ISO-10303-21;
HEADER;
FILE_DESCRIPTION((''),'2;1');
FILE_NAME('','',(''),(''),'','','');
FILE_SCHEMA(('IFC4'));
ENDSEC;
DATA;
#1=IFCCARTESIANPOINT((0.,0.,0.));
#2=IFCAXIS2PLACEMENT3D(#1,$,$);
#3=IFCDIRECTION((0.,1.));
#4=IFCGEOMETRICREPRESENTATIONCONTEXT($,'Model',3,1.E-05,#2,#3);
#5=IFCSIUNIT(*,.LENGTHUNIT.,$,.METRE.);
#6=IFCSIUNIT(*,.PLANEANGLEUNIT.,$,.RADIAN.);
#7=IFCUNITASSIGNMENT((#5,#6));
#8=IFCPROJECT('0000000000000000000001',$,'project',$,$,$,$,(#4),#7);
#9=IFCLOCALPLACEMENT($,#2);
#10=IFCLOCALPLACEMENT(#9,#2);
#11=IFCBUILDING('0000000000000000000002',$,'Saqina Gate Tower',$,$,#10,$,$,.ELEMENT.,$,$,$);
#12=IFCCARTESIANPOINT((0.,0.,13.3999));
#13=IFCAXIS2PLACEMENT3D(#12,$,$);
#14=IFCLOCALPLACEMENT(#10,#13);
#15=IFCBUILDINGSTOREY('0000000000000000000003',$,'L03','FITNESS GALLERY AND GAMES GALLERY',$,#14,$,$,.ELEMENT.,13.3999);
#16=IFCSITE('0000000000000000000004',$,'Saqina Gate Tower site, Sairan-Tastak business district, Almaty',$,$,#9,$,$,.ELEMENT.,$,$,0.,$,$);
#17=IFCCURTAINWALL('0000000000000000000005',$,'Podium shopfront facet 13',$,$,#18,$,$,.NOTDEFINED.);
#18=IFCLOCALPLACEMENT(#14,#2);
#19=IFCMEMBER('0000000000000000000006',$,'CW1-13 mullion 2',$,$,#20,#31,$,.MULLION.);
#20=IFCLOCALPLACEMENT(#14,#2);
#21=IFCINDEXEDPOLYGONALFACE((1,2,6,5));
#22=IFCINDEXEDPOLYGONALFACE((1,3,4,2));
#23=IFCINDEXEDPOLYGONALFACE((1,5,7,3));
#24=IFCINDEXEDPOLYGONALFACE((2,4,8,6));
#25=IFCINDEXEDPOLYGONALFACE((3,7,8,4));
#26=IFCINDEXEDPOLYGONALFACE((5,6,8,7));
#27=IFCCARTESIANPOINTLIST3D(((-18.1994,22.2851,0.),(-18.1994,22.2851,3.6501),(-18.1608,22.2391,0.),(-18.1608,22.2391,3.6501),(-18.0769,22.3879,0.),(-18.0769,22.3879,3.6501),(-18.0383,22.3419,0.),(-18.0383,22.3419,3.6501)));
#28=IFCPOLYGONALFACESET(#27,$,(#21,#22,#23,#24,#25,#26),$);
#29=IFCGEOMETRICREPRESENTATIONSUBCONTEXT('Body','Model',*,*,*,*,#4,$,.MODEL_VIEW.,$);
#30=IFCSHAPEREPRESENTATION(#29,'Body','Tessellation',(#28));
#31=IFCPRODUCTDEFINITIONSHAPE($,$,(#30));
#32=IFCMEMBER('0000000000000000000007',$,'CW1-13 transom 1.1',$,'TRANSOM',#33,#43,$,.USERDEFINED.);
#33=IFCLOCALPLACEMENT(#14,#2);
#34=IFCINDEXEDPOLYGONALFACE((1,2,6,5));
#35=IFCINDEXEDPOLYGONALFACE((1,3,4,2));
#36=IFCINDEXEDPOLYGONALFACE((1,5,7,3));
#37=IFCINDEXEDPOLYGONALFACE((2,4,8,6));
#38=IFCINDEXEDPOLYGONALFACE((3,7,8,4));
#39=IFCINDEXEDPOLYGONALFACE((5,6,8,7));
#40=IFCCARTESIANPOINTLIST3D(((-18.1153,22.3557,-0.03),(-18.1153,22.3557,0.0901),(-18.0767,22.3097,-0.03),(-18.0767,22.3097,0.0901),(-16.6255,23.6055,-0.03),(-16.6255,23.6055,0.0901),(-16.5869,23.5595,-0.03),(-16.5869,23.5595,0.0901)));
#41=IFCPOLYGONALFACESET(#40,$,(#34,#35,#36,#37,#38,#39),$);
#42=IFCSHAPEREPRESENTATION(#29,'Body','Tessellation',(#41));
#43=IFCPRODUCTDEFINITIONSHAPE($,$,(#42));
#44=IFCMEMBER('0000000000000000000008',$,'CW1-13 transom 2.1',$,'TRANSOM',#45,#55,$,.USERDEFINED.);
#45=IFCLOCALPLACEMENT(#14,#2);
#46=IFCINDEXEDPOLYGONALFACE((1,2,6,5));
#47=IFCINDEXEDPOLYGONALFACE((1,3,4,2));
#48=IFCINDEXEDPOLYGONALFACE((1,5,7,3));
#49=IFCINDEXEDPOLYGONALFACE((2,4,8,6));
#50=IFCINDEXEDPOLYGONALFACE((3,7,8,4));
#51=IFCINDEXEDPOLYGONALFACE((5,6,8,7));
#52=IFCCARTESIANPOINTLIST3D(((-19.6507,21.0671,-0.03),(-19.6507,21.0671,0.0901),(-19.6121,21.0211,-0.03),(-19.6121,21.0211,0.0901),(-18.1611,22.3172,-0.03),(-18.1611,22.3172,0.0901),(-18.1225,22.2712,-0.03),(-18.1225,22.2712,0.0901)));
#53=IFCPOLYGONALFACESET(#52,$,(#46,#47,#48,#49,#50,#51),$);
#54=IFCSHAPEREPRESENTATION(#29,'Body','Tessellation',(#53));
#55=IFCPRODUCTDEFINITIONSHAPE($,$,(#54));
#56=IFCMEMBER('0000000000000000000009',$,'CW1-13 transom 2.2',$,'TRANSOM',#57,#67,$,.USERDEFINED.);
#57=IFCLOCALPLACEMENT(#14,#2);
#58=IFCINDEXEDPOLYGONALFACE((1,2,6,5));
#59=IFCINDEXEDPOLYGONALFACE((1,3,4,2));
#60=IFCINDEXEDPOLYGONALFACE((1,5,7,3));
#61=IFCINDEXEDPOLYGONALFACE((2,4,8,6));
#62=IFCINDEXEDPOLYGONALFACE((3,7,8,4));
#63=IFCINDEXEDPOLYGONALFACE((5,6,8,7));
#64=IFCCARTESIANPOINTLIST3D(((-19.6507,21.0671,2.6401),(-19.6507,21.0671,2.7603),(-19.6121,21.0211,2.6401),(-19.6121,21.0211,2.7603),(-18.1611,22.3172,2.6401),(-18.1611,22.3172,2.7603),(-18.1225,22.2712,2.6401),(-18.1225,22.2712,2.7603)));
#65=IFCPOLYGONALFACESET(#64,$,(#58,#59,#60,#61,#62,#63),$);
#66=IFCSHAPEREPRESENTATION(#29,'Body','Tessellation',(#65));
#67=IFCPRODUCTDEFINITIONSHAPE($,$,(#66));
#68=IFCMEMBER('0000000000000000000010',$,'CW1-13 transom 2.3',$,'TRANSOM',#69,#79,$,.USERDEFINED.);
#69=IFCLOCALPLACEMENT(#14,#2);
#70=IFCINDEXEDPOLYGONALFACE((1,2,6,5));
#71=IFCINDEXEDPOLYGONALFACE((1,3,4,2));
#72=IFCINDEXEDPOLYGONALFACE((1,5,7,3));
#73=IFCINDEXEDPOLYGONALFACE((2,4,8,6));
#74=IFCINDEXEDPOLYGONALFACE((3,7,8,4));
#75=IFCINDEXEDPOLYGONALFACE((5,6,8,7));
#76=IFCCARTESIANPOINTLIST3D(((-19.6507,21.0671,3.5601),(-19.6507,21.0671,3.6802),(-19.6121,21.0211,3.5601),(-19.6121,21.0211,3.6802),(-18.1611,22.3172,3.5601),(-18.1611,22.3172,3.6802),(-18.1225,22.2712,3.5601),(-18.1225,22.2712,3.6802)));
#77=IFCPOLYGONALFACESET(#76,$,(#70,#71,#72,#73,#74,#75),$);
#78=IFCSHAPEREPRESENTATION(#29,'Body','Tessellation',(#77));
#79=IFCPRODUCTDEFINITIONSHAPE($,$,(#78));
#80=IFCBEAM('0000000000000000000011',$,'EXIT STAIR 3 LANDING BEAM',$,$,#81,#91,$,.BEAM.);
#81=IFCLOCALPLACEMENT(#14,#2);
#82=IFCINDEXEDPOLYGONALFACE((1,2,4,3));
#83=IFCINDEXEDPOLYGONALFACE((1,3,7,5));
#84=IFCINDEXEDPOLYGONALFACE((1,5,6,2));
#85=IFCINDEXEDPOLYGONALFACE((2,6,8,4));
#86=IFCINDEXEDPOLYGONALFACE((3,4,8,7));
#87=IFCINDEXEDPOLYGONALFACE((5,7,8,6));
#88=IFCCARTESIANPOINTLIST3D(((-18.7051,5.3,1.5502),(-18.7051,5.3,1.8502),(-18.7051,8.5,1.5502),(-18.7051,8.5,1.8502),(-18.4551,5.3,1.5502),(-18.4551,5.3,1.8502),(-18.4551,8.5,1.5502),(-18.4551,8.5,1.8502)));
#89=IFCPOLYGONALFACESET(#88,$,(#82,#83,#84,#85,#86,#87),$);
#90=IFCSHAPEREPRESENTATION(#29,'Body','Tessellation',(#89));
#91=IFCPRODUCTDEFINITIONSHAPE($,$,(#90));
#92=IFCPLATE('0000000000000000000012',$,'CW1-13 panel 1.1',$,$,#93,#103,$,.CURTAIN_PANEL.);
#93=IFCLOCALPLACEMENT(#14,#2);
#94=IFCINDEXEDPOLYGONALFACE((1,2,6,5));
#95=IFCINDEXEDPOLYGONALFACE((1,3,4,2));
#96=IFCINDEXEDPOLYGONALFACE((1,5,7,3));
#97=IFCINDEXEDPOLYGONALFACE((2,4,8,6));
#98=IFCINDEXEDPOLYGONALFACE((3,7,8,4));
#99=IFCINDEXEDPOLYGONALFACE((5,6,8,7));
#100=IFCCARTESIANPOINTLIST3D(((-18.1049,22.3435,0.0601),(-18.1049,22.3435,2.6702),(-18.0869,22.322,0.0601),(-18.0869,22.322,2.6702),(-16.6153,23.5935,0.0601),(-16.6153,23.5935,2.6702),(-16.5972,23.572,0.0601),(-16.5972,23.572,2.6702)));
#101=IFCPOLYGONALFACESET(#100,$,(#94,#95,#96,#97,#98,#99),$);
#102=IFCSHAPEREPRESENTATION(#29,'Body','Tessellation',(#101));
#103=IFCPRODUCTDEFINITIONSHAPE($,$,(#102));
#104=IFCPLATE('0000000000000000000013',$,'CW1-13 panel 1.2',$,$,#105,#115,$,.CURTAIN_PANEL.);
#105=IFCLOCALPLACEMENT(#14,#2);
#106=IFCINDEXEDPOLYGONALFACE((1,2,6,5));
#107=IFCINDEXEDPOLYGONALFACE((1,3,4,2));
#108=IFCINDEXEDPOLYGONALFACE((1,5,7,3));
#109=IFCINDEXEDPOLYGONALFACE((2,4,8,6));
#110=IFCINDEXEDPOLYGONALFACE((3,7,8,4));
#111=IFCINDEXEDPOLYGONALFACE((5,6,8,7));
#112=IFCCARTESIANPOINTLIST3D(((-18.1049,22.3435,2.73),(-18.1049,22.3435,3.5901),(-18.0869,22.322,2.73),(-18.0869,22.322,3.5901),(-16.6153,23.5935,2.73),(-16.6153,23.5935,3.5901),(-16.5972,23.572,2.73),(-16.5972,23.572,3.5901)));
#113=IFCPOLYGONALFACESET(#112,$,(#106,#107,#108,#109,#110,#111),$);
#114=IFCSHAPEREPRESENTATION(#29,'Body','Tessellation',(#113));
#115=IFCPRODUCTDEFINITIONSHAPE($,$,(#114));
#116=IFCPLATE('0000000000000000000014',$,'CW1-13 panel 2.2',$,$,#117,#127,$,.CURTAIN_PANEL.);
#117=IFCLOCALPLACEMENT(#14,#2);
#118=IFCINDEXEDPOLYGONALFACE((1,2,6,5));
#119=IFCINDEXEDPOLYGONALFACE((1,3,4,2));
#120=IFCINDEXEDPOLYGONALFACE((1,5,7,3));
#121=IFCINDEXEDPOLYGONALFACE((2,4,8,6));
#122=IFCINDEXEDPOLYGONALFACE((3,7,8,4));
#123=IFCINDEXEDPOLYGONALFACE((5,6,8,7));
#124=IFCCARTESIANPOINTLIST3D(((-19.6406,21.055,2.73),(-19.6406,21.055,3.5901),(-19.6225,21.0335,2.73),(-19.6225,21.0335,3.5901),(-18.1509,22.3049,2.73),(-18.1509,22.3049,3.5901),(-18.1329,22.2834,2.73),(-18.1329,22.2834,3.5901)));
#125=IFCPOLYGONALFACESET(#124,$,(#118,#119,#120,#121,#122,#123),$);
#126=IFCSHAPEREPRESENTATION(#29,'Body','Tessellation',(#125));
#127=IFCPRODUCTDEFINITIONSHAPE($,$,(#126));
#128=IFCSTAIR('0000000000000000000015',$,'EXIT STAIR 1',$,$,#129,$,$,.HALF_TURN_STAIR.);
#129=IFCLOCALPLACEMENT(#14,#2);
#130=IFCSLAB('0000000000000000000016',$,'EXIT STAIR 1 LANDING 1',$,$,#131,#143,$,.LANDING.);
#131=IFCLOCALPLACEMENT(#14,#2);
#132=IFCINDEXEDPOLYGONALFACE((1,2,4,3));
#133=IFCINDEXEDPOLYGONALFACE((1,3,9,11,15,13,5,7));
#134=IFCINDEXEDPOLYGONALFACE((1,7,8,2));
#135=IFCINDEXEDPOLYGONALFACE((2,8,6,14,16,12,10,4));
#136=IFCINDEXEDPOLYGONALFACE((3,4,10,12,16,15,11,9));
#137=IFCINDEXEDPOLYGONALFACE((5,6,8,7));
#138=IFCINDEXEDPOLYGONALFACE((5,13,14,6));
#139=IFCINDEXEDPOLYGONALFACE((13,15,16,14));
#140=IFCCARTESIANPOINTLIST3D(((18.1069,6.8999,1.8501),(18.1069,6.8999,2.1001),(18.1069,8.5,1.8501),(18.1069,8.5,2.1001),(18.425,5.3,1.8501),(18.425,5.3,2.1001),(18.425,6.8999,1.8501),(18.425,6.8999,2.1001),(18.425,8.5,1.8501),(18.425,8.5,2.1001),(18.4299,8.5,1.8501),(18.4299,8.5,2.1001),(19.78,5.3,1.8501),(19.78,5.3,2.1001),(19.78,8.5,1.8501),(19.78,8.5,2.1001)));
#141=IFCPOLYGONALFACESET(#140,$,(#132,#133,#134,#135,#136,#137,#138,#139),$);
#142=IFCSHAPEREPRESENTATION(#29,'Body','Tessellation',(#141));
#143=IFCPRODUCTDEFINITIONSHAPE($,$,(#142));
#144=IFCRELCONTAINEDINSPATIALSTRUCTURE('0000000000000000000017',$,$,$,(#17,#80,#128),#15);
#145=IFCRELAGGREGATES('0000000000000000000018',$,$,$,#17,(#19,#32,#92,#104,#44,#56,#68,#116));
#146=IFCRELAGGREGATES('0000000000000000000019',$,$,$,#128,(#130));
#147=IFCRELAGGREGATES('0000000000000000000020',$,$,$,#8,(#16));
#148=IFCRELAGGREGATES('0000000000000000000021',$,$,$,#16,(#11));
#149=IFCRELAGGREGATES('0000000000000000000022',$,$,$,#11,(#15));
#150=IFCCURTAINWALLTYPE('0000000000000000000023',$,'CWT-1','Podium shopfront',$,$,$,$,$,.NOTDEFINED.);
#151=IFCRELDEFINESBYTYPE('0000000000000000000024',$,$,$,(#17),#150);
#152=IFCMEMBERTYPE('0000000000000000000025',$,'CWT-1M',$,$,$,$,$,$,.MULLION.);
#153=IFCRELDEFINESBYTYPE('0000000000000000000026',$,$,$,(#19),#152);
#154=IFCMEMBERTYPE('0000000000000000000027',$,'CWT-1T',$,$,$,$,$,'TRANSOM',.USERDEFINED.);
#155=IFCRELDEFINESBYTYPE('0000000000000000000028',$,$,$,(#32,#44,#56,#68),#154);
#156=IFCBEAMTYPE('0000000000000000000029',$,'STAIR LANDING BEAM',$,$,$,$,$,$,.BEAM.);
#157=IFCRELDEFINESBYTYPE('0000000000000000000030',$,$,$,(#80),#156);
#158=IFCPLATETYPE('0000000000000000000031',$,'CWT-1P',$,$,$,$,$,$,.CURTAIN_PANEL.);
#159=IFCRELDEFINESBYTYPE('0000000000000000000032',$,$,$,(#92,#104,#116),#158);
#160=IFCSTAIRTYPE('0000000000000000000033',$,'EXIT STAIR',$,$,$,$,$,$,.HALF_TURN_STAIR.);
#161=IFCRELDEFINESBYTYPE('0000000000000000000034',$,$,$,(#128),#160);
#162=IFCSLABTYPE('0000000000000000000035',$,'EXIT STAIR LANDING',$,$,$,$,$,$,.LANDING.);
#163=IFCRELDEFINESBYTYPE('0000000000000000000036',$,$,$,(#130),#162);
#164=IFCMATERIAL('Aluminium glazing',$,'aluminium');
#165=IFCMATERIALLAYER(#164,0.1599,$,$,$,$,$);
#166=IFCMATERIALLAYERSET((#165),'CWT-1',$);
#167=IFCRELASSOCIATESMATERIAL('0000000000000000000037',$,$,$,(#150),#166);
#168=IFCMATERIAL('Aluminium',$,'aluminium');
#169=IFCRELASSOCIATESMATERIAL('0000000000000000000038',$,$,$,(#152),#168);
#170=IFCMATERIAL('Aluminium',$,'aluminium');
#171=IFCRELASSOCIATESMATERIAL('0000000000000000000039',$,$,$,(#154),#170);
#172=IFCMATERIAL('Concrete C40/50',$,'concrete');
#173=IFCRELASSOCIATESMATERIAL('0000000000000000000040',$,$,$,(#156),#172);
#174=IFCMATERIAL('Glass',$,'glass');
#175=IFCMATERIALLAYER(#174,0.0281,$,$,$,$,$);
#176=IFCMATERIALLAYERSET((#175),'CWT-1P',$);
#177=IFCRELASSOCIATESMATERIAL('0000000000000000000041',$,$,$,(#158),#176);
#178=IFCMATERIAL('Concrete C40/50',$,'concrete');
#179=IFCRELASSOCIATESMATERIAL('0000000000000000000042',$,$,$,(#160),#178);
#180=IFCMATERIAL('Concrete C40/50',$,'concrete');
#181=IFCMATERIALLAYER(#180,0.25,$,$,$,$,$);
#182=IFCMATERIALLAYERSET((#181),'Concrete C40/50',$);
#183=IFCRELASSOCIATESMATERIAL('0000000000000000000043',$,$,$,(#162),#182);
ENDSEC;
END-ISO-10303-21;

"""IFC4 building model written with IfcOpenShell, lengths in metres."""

from ifc_helpers import new_model, si_unit, direction, frame, origin, origin_2d, place, context, subcontext, project, spatial, polyline, rectangle, outline, extrude, material, layer, layer_set, material_profile, profile_set, type_object, element, aggregate, save


model = new_model("IFC4")

# Units and contexts
model_context = context("Model", 3, precision=1e-05, world=origin(), true_north=direction((0.0, 1.0)))
body_context = subcontext(model_context, "Body", "Model", "MODEL_VIEW")
ifc_project = project(units=[si_unit("LENGTHUNIT", "METRE"), si_unit("PLANEANGLEUNIT", "RADIAN")], contexts=[model_context])

# Site, building, storey
site_placement = place(None, origin())
site = spatial("IfcSite", under=ifc_project, at=site_placement, Name="Saqina Gate Tower site, Sairan-Tastak business district, Almaty", CompositionType="ELEMENT", RefElevation=0.0)
building_placement = place(site_placement, origin())
building = spatial("IfcBuilding", under=site, at=building_placement, Name="Saqina Gate Tower", CompositionType="ELEMENT")
storey_placement = place(building_placement, frame((0.0, 0.0, 13.3999)))
storey = spatial("IfcBuildingStorey", under=building, at=storey_placement, Name="L03", Description="FITNESS GALLERY AND GAMES GALLERY", CompositionType="ELEMENT", Elevation=13.3999)

# Curtain wall, members
ifc_material_1 = material(Name="Aluminium glazing", Category="aluminium")
ifc_layer_1 = layer(ifc_material_1, 0.1599)
ifc_layer_set_1 = layer_set([ifc_layer_1], Name="CWT-1")
curtain_wall_type = type_object("IfcCurtainWallType", Name="CWT-1", Description="Podium shopfront", PredefinedType="NOTDEFINED", material=ifc_layer_set_1)
curtain_wall_placement = place(storey_placement, origin())
curtain_wall = element("IfcCurtainWall", 1, at=curtain_wall_placement, inside=storey, type_object=curtain_wall_type, Name="Podium shopfront facet 13", PredefinedType="NOTDEFINED")
ifc_material_2 = material(Name="Aluminium", Category="aluminium")
ifc_material_profile_1 = material_profile(ifc_material_2, rectangle(XDim=0.0601, YDim=0.1599, at=origin_2d()), Name="Aluminium 60x160")
ifc_profile_set_1 = profile_set([ifc_material_profile_1], Name="Aluminium")
member_type_1 = type_object("IfcMemberType", Name="CWT-1M", PredefinedType="MULLION", material=ifc_profile_set_1)
member_1_placement = place(storey_placement, frame((-18.1189, 22.3135, 0.0), z_axis=(0.0, 0.0, 1.0), x_axis=(0.642779, -0.766051, 0.0)))
member_1 = element("IfcMember", 2, at=member_1_placement, type_object=member_type_1, Name="CW1-13 mullion 2", PredefinedType="MULLION", context=body_context, shape_type="SweptSolid", body=[
    extrude(rectangle(XDim=0.0601, YDim=0.1599, at=origin_2d()), origin(), (0.0, 0.0, 1.0), 3.6501),
])
ifc_material_3 = material(Name="Aluminium", Category="aluminium")
ifc_material_profile_2 = material_profile(ifc_material_3, rectangle(XDim=0.0601, YDim=0.1201, at=origin_2d()), Name="Aluminium 60x120")
ifc_profile_set_2 = profile_set([ifc_material_profile_2], Name="Aluminium")
member_type_2 = type_object("IfcMemberType", Name="CWT-1T", ElementType="TRANSOM", PredefinedType="USERDEFINED", material=ifc_profile_set_2)
member_2_placement = place(storey_placement, frame((-16.6062, 23.5825, 0.03), z_axis=(-0.766118, -0.6427, 0.0), x_axis=(0.6427, -0.766118, 0.0)))
member_2 = element("IfcMember", 3, at=member_2_placement, type_object=member_type_2, Name="CW1-13 transom 1.1", ObjectType="TRANSOM", PredefinedType="USERDEFINED", context=body_context, shape_type="SweptSolid", body=[
    extrude(rectangle(XDim=0.0601, YDim=0.1201, at=origin_2d()), origin(), (0.0, 0.0, 1.0), 1.9446),
])
member_3_placement = place(storey_placement, frame((-18.1418, 22.2942, 0.03), z_axis=(-0.766004, -0.642836, 0.0), x_axis=(0.642836, -0.766004, 0.0)))
member_3 = element("IfcMember", 4, at=member_3_placement, type_object=member_type_2, Name="CW1-13 transom 2.1", ObjectType="TRANSOM", PredefinedType="USERDEFINED", context=body_context, shape_type="SweptSolid", body=[
    extrude(rectangle(XDim=0.0601, YDim=0.1201, at=origin_2d()), origin(), (0.0, 0.0, 1.0), 1.9446),
])
member_4_placement = place(storey_placement, frame((-18.1418, 22.2942, 2.7002), z_axis=(-0.766004, -0.642836, 0.0), x_axis=(0.642836, -0.766004, 0.0)))
member_4 = element("IfcMember", 5, at=member_4_placement, type_object=member_type_2, Name="CW1-13 transom 2.2", ObjectType="TRANSOM", PredefinedType="USERDEFINED", context=body_context, shape_type="SweptSolid", body=[
    extrude(rectangle(XDim=0.0601, YDim=0.1201, at=origin_2d()), origin(), (0.0, 0.0, 1.0), 1.9446),
])
member_5_placement = place(storey_placement, frame((-18.1418, 22.2942, 3.6201), z_axis=(-0.766004, -0.642836, 0.0), x_axis=(0.642836, -0.766004, 0.0)))
member_5 = element("IfcMember", 6, at=member_5_placement, type_object=member_type_2, Name="CW1-13 transom 2.3", ObjectType="TRANSOM", PredefinedType="USERDEFINED", context=body_context, shape_type="SweptSolid", body=[
    extrude(rectangle(XDim=0.0601, YDim=0.1201, at=origin_2d()), origin(), (0.0, 0.0, 1.0), 1.9446),
])

# Beam
ifc_material_4 = material(Name="Concrete C40/50", Category="concrete")
ifc_material_profile_3 = material_profile(ifc_material_4, rectangle(XDim=0.25, YDim=0.3, at=origin_2d()), Name="STAIR LANDING BEAM")
ifc_profile_set_3 = profile_set([ifc_material_profile_3], Name="Concrete C40/50")
beam_type = type_object("IfcBeamType", Name="STAIR LANDING BEAM", PredefinedType="BEAM", material=ifc_profile_set_3)
beam_placement = place(storey_placement, frame((-18.5801, 5.3, 1.7002), z_axis=(0.0, 1.0, 0.0), x_axis=(-1.0, 0.0, 0.0)))
element("IfcBeam", 7, at=beam_placement, inside=storey, type_object=beam_type, Name="EXIT STAIR 3 LANDING BEAM", PredefinedType="BEAM", context=body_context, shape_type="SweptSolid", body=[
    extrude(rectangle(XDim=0.25, YDim=0.3, at=origin_2d()), origin(), (0.0, 0.0, 1.0), 3.2),
])

# Plates
ifc_material_5 = material(Name="Glass", Category="glass")
ifc_layer_2 = layer(ifc_material_5, 0.0281)
ifc_layer_set_2 = layer_set([ifc_layer_2], Name="CWT-1P")
plate_type = type_object("IfcPlateType", Name="CWT-1P", PredefinedType="CURTAIN_PANEL", material=ifc_layer_set_2)
plate_1_placement = place(storey_placement, frame((-17.3511, 22.9578, 0.0601), z_axis=(0.0, 0.0, 1.0), x_axis=(-0.766051, -0.642779, 0.0)))
plate_1 = element("IfcPlate", 8, at=plate_1_placement, type_object=plate_type, Name="CW1-13 panel 1.1", PredefinedType="CURTAIN_PANEL", context=body_context, shape_type="SweptSolid", body=[
    extrude(rectangle(XDim=1.9446, YDim=0.0281, at=origin_2d()), origin(), (0.0, 0.0, 1.0), 2.6101),
])
plate_2_placement = place(storey_placement, frame((-17.3511, 22.9578, 2.73), z_axis=(0.0, 0.0, 1.0), x_axis=(-0.766051, -0.642779, 0.0)))
plate_2 = element("IfcPlate", 9, at=plate_2_placement, type_object=plate_type, Name="CW1-13 panel 1.2", PredefinedType="CURTAIN_PANEL", context=body_context, shape_type="SweptSolid", body=[
    extrude(rectangle(XDim=1.9446, YDim=0.0281, at=origin_2d()), origin(), (0.0, 0.0, 1.0), 0.8601),
])
plate_3_placement = place(storey_placement, frame((-18.8867, 21.6692, 2.73), z_axis=(0.0, 0.0, 1.0), x_axis=(-0.766051, -0.642779, 0.0)))
plate_3 = element("IfcPlate", 10, at=plate_3_placement, type_object=plate_type, Name="CW1-13 panel 2.2", PredefinedType="CURTAIN_PANEL", context=body_context, shape_type="SweptSolid", body=[
    extrude(rectangle(XDim=1.9446, YDim=0.0281, at=origin_2d()), origin(), (0.0, 0.0, 1.0), 0.8601),
])
aggregate(curtain_wall, [member_1, member_2, plate_1, plate_2, member_3, member_4, member_5, plate_3])

# Stair, slab
ifc_material_6 = material(Name="Concrete C40/50", Category="concrete")
stair_type = type_object("IfcStairType", Name="EXIT STAIR", PredefinedType="HALF_TURN_STAIR", material=ifc_material_6)
stair_1_placement = place(storey_placement, origin())
stair_1 = element("IfcStair", 11, at=stair_1_placement, inside=storey, type_object=stair_type, Name="EXIT STAIR 1", PredefinedType="HALF_TURN_STAIR")
ifc_material_7 = material(Name="Concrete C40/50", Category="concrete")
ifc_layer_3 = layer(ifc_material_7, 0.25)
ifc_layer_set_3 = layer_set([ifc_layer_3], Name="Concrete C40/50")
slab_type_1 = type_object("IfcSlabType", Name="EXIT STAIR LANDING", PredefinedType="LANDING", material=ifc_layer_set_3)
slab_1_placement = place(storey_placement, frame((0.0, 0.0, 1.8501)))
slab_1 = element("IfcSlab", 12, at=slab_1_placement, type_object=slab_type_1, Name="EXIT STAIR 1 LANDING 1", PredefinedType="LANDING", context=body_context, shape_type="SweptSolid", body=[
    extrude(outline(polyline([(19.78, 8.5), (19.78, 5.3), (18.425, 5.3), (18.425, 6.8999), (18.1069, 6.8999), (18.1069, 8.5), (18.425, 8.5), (18.4299, 8.5), (19.78, 8.5)])), origin(), (0.0, 0.0, 1.0), 0.25),
])
aggregate(stair_1, [slab_1])

save(model, "model.ifc")
